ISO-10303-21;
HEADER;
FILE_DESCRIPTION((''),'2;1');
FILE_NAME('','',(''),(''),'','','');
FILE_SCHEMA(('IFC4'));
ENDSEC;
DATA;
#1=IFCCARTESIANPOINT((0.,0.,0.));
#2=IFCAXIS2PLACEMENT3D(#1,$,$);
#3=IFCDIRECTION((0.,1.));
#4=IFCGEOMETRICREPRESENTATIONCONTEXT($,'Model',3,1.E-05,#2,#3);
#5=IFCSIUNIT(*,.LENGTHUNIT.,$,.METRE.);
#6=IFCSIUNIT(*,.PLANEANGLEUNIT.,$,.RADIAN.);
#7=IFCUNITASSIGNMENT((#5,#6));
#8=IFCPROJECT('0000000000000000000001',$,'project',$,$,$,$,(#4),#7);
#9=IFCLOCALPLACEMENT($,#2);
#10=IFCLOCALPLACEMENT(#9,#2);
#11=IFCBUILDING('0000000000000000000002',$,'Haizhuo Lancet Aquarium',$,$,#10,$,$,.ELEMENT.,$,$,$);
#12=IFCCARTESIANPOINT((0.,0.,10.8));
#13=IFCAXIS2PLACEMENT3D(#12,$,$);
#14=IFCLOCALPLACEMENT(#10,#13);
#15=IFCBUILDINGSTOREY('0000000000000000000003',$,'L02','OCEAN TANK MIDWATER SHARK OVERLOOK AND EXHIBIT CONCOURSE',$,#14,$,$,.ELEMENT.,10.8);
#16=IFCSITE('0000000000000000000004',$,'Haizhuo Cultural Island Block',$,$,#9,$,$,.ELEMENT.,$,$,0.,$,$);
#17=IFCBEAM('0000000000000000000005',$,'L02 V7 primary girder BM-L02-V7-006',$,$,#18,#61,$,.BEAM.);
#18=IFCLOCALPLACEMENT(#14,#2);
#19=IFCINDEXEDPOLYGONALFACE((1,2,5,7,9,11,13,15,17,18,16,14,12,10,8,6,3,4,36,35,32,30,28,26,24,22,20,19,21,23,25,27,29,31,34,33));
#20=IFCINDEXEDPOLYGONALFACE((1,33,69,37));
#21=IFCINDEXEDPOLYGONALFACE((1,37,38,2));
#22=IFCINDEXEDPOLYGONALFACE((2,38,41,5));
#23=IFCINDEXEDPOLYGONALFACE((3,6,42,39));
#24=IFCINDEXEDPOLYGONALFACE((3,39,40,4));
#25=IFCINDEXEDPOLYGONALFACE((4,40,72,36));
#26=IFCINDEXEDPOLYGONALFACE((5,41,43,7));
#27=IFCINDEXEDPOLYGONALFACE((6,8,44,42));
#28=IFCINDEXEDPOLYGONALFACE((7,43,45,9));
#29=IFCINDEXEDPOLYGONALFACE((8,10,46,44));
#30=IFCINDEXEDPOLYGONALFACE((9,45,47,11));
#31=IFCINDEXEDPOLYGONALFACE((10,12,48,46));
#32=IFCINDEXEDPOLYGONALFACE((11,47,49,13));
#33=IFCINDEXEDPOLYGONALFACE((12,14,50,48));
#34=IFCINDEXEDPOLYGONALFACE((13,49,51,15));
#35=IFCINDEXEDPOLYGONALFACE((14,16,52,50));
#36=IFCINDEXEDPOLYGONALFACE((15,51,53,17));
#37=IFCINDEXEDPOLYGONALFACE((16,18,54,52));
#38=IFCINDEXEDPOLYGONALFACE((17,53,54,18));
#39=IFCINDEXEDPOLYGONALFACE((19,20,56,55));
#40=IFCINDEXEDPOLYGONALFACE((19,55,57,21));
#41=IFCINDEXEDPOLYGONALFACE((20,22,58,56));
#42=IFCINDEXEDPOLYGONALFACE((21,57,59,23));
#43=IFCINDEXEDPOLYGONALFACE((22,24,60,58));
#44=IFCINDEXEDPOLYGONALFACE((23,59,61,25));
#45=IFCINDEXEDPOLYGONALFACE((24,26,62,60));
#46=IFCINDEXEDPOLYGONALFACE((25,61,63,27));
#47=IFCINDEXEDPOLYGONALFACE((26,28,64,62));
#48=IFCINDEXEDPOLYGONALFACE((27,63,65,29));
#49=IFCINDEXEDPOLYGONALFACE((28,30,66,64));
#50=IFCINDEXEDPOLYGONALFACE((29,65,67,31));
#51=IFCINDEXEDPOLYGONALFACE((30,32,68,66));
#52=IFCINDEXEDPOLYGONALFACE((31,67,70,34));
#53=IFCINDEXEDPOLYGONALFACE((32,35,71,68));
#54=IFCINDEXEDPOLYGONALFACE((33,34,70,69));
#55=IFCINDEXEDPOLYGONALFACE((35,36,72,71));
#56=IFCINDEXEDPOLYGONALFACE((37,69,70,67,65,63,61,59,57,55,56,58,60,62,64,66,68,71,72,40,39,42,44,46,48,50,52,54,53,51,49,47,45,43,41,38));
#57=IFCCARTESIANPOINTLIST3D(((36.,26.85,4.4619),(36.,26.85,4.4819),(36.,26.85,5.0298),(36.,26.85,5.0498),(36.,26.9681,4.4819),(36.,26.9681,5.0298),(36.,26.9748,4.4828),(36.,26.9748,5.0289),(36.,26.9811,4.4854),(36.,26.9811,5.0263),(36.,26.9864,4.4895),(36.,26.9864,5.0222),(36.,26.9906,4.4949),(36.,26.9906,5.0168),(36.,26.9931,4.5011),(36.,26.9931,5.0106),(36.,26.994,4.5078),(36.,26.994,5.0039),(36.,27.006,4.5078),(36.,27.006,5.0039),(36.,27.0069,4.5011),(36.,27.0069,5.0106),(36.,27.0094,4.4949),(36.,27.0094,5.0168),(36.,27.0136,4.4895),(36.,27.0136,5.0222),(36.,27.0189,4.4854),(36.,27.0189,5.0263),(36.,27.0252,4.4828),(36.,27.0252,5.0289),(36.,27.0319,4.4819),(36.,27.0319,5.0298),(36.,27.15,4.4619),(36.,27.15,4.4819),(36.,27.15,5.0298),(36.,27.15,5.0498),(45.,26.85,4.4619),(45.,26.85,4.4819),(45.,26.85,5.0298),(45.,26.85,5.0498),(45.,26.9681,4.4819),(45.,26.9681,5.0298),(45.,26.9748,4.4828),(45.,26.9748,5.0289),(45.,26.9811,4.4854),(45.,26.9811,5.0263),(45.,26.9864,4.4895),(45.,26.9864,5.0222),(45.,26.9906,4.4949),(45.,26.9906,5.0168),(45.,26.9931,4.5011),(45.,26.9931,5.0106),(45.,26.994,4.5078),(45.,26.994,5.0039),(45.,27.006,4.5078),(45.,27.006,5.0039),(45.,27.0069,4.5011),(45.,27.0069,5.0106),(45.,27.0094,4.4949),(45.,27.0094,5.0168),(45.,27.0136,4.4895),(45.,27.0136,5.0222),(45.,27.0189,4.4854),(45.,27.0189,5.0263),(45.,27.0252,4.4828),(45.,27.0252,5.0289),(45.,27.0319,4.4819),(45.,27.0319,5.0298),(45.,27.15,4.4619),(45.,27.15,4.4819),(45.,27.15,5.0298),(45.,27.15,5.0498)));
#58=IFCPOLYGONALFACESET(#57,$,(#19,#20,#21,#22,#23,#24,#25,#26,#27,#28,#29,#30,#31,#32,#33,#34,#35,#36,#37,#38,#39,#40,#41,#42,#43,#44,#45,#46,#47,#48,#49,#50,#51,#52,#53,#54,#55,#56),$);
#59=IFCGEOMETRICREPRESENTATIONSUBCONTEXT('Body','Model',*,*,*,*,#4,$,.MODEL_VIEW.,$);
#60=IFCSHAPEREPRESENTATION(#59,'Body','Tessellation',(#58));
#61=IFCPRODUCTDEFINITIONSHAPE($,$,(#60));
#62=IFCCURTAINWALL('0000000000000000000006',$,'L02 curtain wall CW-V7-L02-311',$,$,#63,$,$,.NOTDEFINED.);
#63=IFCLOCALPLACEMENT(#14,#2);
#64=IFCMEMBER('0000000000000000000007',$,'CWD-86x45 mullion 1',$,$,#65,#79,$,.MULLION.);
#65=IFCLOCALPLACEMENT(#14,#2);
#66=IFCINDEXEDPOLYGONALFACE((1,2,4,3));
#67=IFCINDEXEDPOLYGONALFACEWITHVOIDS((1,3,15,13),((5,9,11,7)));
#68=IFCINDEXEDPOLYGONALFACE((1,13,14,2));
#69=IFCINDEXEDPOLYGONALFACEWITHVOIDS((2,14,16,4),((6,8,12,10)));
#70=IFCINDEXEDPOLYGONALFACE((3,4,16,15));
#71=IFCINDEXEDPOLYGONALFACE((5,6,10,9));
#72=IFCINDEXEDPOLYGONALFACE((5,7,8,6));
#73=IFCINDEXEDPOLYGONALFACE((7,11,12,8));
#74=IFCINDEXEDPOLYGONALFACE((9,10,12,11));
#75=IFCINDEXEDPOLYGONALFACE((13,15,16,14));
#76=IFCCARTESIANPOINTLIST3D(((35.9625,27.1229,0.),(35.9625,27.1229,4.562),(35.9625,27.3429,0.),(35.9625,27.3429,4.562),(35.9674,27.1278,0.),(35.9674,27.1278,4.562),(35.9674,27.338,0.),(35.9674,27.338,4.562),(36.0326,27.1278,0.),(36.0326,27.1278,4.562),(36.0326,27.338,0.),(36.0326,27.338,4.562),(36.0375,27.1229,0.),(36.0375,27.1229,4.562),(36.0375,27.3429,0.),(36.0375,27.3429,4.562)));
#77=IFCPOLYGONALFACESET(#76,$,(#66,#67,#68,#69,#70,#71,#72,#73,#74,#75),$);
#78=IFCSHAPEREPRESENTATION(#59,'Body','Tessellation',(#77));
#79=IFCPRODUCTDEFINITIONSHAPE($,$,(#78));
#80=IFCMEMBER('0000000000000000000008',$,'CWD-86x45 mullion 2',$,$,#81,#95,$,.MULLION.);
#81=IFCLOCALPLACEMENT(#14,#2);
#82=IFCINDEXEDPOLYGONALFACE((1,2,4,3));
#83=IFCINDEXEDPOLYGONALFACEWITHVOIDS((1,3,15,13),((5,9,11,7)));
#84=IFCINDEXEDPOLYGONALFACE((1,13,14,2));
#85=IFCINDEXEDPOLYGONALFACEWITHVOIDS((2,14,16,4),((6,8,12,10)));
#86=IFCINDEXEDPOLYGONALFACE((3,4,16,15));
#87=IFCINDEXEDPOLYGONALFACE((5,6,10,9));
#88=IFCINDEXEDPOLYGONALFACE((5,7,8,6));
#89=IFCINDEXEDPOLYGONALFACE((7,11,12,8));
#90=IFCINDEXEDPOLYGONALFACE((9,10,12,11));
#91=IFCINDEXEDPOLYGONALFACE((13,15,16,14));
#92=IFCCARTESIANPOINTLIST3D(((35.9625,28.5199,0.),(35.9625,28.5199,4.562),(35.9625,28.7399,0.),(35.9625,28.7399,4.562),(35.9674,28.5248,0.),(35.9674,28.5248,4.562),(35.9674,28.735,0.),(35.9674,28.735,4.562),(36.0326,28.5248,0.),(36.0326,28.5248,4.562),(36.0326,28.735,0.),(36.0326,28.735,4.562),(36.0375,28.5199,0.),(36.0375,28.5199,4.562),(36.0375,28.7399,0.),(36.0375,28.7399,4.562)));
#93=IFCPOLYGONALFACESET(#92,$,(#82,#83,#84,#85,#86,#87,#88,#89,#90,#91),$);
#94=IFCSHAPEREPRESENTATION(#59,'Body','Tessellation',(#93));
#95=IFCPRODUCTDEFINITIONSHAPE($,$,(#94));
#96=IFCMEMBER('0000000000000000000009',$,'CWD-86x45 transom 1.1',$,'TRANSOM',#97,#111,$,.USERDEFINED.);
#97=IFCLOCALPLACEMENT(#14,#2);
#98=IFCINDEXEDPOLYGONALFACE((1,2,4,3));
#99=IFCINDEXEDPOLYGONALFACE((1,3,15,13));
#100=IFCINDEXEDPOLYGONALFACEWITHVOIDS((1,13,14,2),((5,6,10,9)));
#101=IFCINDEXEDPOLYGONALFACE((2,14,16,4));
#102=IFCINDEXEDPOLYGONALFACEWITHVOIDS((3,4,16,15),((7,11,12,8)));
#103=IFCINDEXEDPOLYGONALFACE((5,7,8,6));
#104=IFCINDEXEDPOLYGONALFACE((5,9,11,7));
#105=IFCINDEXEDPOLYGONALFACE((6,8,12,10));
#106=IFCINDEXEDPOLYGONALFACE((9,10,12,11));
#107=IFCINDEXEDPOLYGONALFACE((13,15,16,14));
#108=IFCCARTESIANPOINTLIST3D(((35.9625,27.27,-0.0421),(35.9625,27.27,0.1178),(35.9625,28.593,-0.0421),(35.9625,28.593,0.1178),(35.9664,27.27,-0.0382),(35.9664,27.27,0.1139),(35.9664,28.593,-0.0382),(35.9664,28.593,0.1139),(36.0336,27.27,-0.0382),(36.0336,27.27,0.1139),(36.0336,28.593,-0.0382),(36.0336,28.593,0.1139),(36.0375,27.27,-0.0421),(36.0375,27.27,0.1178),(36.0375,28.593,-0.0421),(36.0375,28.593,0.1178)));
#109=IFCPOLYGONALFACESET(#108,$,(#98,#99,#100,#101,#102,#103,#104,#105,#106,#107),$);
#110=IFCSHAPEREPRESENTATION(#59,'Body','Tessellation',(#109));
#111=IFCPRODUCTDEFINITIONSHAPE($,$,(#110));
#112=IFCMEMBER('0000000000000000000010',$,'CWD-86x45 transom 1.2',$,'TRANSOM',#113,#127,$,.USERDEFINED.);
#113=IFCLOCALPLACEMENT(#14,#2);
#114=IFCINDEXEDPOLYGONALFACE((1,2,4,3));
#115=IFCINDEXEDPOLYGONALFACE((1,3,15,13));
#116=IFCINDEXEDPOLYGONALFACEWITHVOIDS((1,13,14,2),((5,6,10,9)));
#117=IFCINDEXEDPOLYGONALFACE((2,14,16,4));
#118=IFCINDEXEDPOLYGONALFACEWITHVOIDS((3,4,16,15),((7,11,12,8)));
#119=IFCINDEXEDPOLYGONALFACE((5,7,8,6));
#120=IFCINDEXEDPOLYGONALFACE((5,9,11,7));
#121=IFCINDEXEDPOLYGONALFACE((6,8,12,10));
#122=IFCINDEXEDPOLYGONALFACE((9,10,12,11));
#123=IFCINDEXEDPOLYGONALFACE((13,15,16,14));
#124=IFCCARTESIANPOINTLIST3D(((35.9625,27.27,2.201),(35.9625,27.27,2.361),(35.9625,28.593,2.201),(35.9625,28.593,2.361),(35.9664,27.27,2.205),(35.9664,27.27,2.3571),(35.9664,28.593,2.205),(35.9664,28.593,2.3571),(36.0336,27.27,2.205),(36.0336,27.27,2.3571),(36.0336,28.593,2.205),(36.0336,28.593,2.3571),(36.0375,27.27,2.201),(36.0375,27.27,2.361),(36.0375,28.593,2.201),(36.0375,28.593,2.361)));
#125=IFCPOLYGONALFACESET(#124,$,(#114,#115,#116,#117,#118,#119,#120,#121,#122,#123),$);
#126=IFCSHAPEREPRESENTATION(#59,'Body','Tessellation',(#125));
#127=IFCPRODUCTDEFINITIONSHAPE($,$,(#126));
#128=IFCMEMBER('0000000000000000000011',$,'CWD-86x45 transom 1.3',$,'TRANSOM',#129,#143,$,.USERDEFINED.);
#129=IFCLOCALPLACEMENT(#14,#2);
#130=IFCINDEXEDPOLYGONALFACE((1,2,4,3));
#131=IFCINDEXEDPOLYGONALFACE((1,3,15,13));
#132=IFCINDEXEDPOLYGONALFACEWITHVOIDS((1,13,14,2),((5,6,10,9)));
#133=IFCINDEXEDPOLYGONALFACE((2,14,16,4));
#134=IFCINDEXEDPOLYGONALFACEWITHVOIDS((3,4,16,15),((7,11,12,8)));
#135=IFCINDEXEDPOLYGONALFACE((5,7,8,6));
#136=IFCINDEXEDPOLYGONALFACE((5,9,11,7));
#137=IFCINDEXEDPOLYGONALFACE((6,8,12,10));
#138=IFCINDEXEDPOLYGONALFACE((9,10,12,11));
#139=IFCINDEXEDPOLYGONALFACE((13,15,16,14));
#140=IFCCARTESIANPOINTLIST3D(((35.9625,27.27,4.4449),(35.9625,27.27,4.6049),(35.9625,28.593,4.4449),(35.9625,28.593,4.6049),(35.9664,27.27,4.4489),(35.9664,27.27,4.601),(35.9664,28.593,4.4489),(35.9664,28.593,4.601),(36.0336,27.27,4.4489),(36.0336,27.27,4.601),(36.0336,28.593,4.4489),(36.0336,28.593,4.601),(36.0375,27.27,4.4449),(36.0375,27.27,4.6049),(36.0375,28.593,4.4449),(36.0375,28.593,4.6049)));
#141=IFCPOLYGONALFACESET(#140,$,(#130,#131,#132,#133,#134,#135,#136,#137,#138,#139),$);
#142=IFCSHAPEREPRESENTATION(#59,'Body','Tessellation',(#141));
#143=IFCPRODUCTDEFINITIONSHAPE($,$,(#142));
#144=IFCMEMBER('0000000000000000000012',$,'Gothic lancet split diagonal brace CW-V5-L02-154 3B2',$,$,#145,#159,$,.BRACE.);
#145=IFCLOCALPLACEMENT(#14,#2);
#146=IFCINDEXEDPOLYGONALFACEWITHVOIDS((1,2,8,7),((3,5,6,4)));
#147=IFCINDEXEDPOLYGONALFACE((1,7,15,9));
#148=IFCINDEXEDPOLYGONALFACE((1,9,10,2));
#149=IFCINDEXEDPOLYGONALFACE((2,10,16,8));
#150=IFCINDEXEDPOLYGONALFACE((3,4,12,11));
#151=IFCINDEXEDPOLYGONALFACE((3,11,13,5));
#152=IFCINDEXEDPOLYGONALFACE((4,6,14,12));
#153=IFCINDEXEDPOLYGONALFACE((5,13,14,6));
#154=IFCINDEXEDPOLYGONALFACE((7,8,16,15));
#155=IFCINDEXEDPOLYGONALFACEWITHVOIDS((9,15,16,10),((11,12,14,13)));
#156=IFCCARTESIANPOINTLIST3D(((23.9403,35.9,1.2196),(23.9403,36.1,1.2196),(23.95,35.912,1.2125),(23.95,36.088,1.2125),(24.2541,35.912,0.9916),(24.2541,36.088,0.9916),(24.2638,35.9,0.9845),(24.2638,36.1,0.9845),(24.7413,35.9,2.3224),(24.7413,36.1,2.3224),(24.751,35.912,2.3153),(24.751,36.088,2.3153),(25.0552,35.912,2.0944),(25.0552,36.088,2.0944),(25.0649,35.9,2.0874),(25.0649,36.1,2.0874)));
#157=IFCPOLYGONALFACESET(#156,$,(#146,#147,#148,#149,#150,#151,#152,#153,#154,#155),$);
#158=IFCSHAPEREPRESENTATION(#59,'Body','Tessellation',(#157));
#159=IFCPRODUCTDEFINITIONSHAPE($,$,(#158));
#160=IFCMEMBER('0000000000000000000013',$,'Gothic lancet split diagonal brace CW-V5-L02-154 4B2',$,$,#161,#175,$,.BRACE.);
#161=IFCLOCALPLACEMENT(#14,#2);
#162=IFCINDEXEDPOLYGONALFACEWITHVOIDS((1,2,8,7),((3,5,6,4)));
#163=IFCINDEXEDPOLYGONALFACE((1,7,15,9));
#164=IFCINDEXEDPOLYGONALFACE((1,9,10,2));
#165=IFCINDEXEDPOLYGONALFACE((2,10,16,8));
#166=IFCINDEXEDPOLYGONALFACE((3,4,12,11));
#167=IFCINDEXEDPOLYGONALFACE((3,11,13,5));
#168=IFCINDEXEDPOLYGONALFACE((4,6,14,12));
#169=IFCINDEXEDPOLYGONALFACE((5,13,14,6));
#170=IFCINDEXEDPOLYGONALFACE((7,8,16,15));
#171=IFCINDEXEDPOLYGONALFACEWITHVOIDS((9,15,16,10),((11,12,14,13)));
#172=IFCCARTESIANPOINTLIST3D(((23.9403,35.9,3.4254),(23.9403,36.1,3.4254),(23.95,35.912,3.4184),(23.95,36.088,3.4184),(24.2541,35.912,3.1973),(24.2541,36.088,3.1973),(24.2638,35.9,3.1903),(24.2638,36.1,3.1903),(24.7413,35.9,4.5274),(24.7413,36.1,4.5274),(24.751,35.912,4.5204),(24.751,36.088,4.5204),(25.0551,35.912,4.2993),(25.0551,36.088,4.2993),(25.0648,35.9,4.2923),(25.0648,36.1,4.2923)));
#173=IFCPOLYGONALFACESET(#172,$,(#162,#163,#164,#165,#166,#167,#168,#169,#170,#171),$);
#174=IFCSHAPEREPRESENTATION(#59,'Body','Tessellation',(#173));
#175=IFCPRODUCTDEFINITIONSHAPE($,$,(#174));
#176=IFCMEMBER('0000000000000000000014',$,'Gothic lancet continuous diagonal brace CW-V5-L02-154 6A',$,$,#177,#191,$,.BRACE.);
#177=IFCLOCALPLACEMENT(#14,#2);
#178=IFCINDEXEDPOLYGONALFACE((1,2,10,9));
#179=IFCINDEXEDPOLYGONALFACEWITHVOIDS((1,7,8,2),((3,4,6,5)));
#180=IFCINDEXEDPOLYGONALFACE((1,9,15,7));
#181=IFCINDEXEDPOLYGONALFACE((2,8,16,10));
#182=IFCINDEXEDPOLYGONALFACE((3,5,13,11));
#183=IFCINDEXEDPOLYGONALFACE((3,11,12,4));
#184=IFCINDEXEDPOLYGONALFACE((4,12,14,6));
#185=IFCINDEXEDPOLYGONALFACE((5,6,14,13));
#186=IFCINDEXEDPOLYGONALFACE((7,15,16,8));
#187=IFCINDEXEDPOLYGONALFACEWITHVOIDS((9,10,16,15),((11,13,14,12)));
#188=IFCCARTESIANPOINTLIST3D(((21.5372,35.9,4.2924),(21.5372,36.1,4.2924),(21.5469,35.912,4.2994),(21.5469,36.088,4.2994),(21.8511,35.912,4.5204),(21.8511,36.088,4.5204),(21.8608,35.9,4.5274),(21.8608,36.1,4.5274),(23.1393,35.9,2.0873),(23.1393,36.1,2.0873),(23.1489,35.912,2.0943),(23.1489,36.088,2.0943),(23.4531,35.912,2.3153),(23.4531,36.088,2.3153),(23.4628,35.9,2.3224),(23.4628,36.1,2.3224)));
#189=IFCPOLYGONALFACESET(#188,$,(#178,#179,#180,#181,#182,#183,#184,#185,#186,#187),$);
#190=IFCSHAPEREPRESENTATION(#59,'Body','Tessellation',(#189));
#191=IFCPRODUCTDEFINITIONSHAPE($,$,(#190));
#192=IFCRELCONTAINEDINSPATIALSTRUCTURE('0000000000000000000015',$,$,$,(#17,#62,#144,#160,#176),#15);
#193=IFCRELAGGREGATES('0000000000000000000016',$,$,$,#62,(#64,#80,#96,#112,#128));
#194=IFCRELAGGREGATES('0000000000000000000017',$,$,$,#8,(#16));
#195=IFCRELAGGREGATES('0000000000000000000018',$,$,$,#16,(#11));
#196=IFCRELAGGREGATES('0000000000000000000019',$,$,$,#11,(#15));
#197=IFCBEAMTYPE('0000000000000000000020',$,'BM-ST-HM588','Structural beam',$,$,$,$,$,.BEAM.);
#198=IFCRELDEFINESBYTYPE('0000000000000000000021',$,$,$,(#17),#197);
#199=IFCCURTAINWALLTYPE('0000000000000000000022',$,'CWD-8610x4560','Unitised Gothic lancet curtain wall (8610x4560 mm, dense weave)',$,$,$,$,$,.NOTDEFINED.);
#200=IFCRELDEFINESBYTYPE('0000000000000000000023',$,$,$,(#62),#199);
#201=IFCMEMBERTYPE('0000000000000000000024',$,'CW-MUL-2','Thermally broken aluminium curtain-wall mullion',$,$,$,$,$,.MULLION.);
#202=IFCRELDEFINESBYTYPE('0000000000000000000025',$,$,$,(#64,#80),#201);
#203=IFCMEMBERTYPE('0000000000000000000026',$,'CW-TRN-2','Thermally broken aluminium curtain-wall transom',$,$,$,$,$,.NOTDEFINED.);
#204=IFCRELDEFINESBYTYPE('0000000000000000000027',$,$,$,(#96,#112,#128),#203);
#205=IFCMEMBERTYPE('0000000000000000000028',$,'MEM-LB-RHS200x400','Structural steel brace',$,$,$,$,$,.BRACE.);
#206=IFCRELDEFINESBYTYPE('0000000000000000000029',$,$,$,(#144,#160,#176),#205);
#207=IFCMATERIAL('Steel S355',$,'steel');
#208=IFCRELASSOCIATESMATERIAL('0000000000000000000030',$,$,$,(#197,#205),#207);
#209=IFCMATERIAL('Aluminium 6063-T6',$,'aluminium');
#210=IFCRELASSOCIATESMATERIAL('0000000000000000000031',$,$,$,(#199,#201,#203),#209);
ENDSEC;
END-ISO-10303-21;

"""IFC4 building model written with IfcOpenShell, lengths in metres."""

from ifc_helpers import new_model, si_unit, direction, frame, origin, origin_2d, place, context, subcontext, project, spatial, hollow_rectangle, i_section, extrude, material, material_profile, profile_set, type_object, element, aggregate, save


model = new_model("IFC4")

# Units and contexts
model_context = context("Model", 3, precision=1e-05, world=origin(), true_north=direction((0.0, 1.0)))
body_context = subcontext(model_context, "Body", "Model", "MODEL_VIEW")
ifc_project = project(units=[si_unit("LENGTHUNIT", "METRE"), si_unit("PLANEANGLEUNIT", "RADIAN")], contexts=[model_context])

# Site, building, storey
site_placement = place(None, origin())
site = spatial("IfcSite", under=ifc_project, at=site_placement, Name="Haizhuo Cultural Island Block", CompositionType="ELEMENT", RefElevation=0.0)
building_placement = place(site_placement, origin())
building = spatial("IfcBuilding", under=site, at=building_placement, Name="Haizhuo Lancet Aquarium", CompositionType="ELEMENT")
storey_placement = place(building_placement, frame((0.0, 0.0, 10.8)))
storey = spatial("IfcBuildingStorey", under=building, at=storey_placement, Name="L02", Description="OCEAN TANK MIDWATER SHARK OVERLOOK AND EXHIBIT CONCOURSE", CompositionType="ELEMENT", Elevation=10.8)

# Beam
ifc_material_1 = material(Name="Steel S355", Category="steel")
ifc_material_profile_1 = material_profile(ifc_material_1, i_section(OverallWidth=0.3, OverallDepth=0.5879, WebThickness=0.012, FlangeThickness=0.02, FilletRadius=0.0259, at=origin_2d()), Name="HM 588x300x12x20")
ifc_profile_set_1 = profile_set([ifc_material_profile_1], Name="Steel S355")
beam_type = type_object("IfcBeamType", Name="BM-ST-HM588", Description="Structural beam", PredefinedType="BEAM", material=ifc_profile_set_1)
beam_placement = place(storey_placement, frame((36.0, 27.0, 4.7559), z_axis=(1.0, 0.0, 0.0), x_axis=(0.0, 1.0, 0.0)))
element("IfcBeam", 1, at=beam_placement, inside=storey, type_object=beam_type, Name="L02 V7 primary girder BM-L02-V7-006", PredefinedType="BEAM", context=body_context, shape_type="SweptSolid", body=[
    extrude(i_section(OverallWidth=0.3, OverallDepth=0.5879, WebThickness=0.012, FlangeThickness=0.02, FilletRadius=0.0259, at=origin_2d()), origin(), (0.0, 0.0, 1.0), 9.0),
])

# Curtain wall, members
ifc_material_2 = material(Name="Aluminium 6063-T6", Category="aluminium")
curtain_wall_type_1 = type_object("IfcCurtainWallType", Name="CWD-8610x4560", Description="Unitised Gothic lancet curtain wall (8610x4560 mm, dense weave)", PredefinedType="NOTDEFINED", material=ifc_material_2)
curtain_wall_1_placement = place(storey_placement, origin())
curtain_wall_1 = element("IfcCurtainWall", 2, at=curtain_wall_1_placement, inside=storey, type_object=curtain_wall_type_1, Name="L02 curtain wall CW-V7-L02-311", PredefinedType="NOTDEFINED")
ifc_material_profile_2 = material_profile(ifc_material_2, hollow_rectangle(XDim=0.075, YDim=0.22, WallThickness=0.0049, at=origin_2d()), Name="ALU-M 75x220x5")
ifc_profile_set_2 = profile_set([ifc_material_profile_2], Name="Aluminium 6063-T6")
member_type_1 = type_object("IfcMemberType", Name="CW-MUL-2", Description="Thermally broken aluminium curtain-wall mullion", PredefinedType="MULLION", material=ifc_profile_set_2)
member_1_placement = place(storey_placement, frame((36.0, 27.2329, 0.0), z_axis=(0.0, 0.0, 1.0), x_axis=(-1.0, 0.0, 0.0)))
member_1 = element("IfcMember", 3, at=member_1_placement, type_object=member_type_1, Name="CWD-86x45 mullion 1", PredefinedType="MULLION", context=body_context, shape_type="SweptSolid", body=[
    extrude(hollow_rectangle(XDim=0.075, YDim=0.22, WallThickness=0.0049, at=origin_2d()), origin(), (0.0, 0.0, 1.0), 4.562),
])
member_2_placement = place(storey_placement, frame((36.0, 28.6299, 0.0), z_axis=(0.0, 0.0, 1.0), x_axis=(-1.0, 0.0, 0.0)))
member_2 = element("IfcMember", 4, at=member_2_placement, type_object=member_type_1, Name="CWD-86x45 mullion 2", PredefinedType="MULLION", context=body_context, shape_type="SweptSolid", body=[
    extrude(hollow_rectangle(XDim=0.075, YDim=0.22, WallThickness=0.0049, at=origin_2d()), origin(), (0.0, 0.0, 1.0), 4.562),
])
ifc_material_profile_3 = material_profile(ifc_material_2, hollow_rectangle(XDim=0.075, YDim=0.1599, WallThickness=0.0039, at=origin_2d()), Name="ALU-T 75x160x4")
ifc_profile_set_3 = profile_set([ifc_material_profile_3], Name="Aluminium 6063-T6")
member_type_2 = type_object("IfcMemberType", Name="CW-TRN-2", Description="Thermally broken aluminium curtain-wall transom", PredefinedType="NOTDEFINED", material=ifc_profile_set_3)
member_3_placement = place(storey_placement, frame((36.0, 27.27, 0.0378), z_axis=(0.0, 1.0, 0.0), x_axis=(-1.0, 0.0, 0.0)))
member_3 = element("IfcMember", 5, at=member_3_placement, type_object=member_type_2, Name="CWD-86x45 transom 1.1", ObjectType="TRANSOM", PredefinedType="USERDEFINED", context=body_context, shape_type="SweptSolid", body=[
    extrude(hollow_rectangle(XDim=0.075, YDim=0.1599, WallThickness=0.0039, at=origin_2d()), origin(), (0.0, 0.0, 1.0), 1.323),
])
member_4_placement = place(storey_placement, frame((36.0, 27.27, 2.281), z_axis=(0.0, 1.0, 0.0), x_axis=(-1.0, 0.0, 0.0)))
member_4 = element("IfcMember", 6, at=member_4_placement, type_object=member_type_2, Name="CWD-86x45 transom 1.2", ObjectType="TRANSOM", PredefinedType="USERDEFINED", context=body_context, shape_type="SweptSolid", body=[
    extrude(hollow_rectangle(XDim=0.075, YDim=0.1599, WallThickness=0.0039, at=origin_2d()), origin(), (0.0, 0.0, 1.0), 1.323),
])
member_5_placement = place(storey_placement, frame((36.0, 27.27, 4.5249), z_axis=(0.0, 1.0, 0.0), x_axis=(-1.0, 0.0, 0.0)))
member_5 = element("IfcMember", 7, at=member_5_placement, type_object=member_type_2, Name="CWD-86x45 transom 1.3", ObjectType="TRANSOM", PredefinedType="USERDEFINED", context=body_context, shape_type="SweptSolid", body=[
    extrude(hollow_rectangle(XDim=0.075, YDim=0.1599, WallThickness=0.0039, at=origin_2d()), origin(), (0.0, 0.0, 1.0), 1.323),
])

# Members
ifc_material_profile_4 = material_profile(ifc_material_1, hollow_rectangle(XDim=0.2, YDim=0.3999, WallThickness=0.012, at=origin_2d()), Name="RHS 200x400x12")
ifc_profile_set_4 = profile_set([ifc_material_profile_4], Name="Steel S355")
member_type_3 = type_object("IfcMemberType", Name="MEM-LB-RHS200x400", Description="Structural steel brace", PredefinedType="BRACE", material=ifc_profile_set_4)
member_6_placement = place(storey_placement, frame((24.1021, 36.0, 1.1021), z_axis=(0.587692, 0.0, 0.809084), x_axis=(0.0, 1.0, 0.0)))
element("IfcMember", 8, at=member_6_placement, inside=storey, type_object=member_type_3, Name="Gothic lancet split diagonal brace CW-V5-L02-154 3B2", PredefinedType="BRACE", context=body_context, shape_type="SweptSolid", body=[
    extrude(hollow_rectangle(XDim=0.2, YDim=0.3999, WallThickness=0.012, at=origin_2d()), origin(), (0.0, 0.0, 1.0), 1.363),
])
member_7_placement = place(storey_placement, frame((24.1021, 36.0, 3.3079), z_axis=(0.587948, 0.0, 0.808899), x_axis=(0.0, 1.0, 0.0)))
element("IfcMember", 9, at=member_7_placement, inside=storey, type_object=member_type_3, Name="Gothic lancet split diagonal brace CW-V5-L02-154 4B2", PredefinedType="BRACE", context=body_context, shape_type="SweptSolid", body=[
    extrude(hollow_rectangle(XDim=0.2, YDim=0.3999, WallThickness=0.012, at=origin_2d()), origin(), (0.0, 0.0, 1.0), 1.3623),
])
member_8_placement = place(storey_placement, frame((23.301, 36.0, 2.2048), z_axis=(-0.587778, 0.0, 0.809023), x_axis=(0.0, -1.0, 0.0)))
element("IfcMember", 10, at=member_8_placement, inside=storey, type_object=member_type_3, Name="Gothic lancet continuous diagonal brace CW-V5-L02-154 6A", PredefinedType="BRACE", context=body_context, shape_type="SweptSolid", body=[
    extrude(hollow_rectangle(XDim=0.2, YDim=0.3999, WallThickness=0.012, at=origin_2d()), origin(), (0.0, 0.0, 1.0), 2.7256),
])

aggregate(curtain_wall_1, [member_1, member_2, member_3, member_4, member_5])

save(model, "model.ifc")
